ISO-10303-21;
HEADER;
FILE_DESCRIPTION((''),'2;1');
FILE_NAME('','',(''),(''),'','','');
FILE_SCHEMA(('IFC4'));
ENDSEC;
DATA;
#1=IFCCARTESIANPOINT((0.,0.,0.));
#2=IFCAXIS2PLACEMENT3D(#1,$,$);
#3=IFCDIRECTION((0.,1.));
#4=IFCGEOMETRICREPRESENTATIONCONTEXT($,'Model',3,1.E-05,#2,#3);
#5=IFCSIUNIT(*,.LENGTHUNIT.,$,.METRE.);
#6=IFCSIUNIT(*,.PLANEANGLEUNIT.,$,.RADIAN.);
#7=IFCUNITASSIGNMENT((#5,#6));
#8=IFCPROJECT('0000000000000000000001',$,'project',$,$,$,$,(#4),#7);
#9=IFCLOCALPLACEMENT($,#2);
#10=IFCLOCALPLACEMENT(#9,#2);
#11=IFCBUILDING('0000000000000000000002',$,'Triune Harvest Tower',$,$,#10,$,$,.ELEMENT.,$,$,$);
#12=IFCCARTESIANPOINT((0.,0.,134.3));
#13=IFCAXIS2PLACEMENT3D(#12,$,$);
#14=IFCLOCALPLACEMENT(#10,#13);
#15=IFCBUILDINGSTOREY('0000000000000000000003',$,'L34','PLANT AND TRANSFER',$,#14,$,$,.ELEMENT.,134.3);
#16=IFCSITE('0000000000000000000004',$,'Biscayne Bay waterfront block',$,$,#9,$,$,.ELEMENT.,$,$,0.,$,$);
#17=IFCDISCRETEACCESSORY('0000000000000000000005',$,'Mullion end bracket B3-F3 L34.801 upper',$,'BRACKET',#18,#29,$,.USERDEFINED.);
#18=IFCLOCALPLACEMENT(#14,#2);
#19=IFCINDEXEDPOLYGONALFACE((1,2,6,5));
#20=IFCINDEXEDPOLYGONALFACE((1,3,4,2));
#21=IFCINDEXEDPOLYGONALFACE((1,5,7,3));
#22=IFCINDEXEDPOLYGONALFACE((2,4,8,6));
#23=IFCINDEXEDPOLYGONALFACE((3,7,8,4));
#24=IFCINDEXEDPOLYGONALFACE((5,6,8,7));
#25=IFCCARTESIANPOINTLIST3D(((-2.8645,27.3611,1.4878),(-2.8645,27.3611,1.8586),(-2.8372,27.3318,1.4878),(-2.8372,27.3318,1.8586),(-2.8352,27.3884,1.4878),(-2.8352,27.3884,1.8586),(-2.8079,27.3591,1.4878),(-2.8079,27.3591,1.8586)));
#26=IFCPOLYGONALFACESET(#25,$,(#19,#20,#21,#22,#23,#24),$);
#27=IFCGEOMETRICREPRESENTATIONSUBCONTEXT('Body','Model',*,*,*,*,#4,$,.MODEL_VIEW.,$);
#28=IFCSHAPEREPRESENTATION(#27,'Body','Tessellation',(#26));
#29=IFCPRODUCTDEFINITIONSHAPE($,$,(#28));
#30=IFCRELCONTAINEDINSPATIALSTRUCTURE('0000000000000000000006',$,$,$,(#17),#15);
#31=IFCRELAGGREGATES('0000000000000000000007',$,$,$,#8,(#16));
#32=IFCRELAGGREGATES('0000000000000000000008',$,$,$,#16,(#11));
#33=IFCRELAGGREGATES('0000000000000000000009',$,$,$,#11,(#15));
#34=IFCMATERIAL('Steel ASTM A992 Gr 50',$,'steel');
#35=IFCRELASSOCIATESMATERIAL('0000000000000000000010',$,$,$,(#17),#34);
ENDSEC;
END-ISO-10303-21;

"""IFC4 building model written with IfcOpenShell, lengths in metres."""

from ifc_helpers import new_model, si_unit, direction, frame, origin, origin_2d, place, context, subcontext, project, spatial, rectangle, extrude, material, element, save


model = new_model("IFC4")

# Units and contexts
model_context = context("Model", 3, precision=1e-05, world=origin(), true_north=direction((0.0, 1.0)))
body_context = subcontext(model_context, "Body", "Model", "MODEL_VIEW")
ifc_project = project(units=[si_unit("LENGTHUNIT", "METRE"), si_unit("PLANEANGLEUNIT", "RADIAN")], contexts=[model_context])

# Site, building, storey
site_placement = place(None, origin())
site = spatial("IfcSite", under=ifc_project, at=site_placement, Name="Biscayne Bay waterfront block", CompositionType="ELEMENT", RefElevation=0.0)
building_placement = place(site_placement, origin())
building = spatial("IfcBuilding", under=site, at=building_placement, Name="Triune Harvest Tower", CompositionType="ELEMENT")
storey_placement = place(building_placement, frame((0.0, 0.0, 134.3)))
storey = spatial("IfcBuildingStorey", under=building, at=storey_placement, Name="L34", Description="PLANT AND TRANSFER", CompositionType="ELEMENT", Elevation=134.3)

# Discrete accessory
ifc_material_1 = material(Name="Steel ASTM A992 Gr 50", Category="steel")
discrete_accessory_1_placement = place(storey_placement, frame((-2.8362, 27.3601, 1.4878), z_axis=(0.0, 0.0, 1.0), x_axis=(-0.731326, -0.682028, 0.0)))
element("IfcDiscreteAccessory", 1, at=discrete_accessory_1_placement, inside=storey, material=ifc_material_1, Name="Mullion end bracket B3-F3 L34.801 upper", ObjectType="BRACKET", PredefinedType="USERDEFINED", context=body_context, shape_type="SweptSolid", body=[
    extrude(rectangle(XDim=0.04, YDim=0.04, at=origin_2d()), origin(), (0.0, 0.0, 1.0), 0.3708),
])

save(model, "model.ifc")
